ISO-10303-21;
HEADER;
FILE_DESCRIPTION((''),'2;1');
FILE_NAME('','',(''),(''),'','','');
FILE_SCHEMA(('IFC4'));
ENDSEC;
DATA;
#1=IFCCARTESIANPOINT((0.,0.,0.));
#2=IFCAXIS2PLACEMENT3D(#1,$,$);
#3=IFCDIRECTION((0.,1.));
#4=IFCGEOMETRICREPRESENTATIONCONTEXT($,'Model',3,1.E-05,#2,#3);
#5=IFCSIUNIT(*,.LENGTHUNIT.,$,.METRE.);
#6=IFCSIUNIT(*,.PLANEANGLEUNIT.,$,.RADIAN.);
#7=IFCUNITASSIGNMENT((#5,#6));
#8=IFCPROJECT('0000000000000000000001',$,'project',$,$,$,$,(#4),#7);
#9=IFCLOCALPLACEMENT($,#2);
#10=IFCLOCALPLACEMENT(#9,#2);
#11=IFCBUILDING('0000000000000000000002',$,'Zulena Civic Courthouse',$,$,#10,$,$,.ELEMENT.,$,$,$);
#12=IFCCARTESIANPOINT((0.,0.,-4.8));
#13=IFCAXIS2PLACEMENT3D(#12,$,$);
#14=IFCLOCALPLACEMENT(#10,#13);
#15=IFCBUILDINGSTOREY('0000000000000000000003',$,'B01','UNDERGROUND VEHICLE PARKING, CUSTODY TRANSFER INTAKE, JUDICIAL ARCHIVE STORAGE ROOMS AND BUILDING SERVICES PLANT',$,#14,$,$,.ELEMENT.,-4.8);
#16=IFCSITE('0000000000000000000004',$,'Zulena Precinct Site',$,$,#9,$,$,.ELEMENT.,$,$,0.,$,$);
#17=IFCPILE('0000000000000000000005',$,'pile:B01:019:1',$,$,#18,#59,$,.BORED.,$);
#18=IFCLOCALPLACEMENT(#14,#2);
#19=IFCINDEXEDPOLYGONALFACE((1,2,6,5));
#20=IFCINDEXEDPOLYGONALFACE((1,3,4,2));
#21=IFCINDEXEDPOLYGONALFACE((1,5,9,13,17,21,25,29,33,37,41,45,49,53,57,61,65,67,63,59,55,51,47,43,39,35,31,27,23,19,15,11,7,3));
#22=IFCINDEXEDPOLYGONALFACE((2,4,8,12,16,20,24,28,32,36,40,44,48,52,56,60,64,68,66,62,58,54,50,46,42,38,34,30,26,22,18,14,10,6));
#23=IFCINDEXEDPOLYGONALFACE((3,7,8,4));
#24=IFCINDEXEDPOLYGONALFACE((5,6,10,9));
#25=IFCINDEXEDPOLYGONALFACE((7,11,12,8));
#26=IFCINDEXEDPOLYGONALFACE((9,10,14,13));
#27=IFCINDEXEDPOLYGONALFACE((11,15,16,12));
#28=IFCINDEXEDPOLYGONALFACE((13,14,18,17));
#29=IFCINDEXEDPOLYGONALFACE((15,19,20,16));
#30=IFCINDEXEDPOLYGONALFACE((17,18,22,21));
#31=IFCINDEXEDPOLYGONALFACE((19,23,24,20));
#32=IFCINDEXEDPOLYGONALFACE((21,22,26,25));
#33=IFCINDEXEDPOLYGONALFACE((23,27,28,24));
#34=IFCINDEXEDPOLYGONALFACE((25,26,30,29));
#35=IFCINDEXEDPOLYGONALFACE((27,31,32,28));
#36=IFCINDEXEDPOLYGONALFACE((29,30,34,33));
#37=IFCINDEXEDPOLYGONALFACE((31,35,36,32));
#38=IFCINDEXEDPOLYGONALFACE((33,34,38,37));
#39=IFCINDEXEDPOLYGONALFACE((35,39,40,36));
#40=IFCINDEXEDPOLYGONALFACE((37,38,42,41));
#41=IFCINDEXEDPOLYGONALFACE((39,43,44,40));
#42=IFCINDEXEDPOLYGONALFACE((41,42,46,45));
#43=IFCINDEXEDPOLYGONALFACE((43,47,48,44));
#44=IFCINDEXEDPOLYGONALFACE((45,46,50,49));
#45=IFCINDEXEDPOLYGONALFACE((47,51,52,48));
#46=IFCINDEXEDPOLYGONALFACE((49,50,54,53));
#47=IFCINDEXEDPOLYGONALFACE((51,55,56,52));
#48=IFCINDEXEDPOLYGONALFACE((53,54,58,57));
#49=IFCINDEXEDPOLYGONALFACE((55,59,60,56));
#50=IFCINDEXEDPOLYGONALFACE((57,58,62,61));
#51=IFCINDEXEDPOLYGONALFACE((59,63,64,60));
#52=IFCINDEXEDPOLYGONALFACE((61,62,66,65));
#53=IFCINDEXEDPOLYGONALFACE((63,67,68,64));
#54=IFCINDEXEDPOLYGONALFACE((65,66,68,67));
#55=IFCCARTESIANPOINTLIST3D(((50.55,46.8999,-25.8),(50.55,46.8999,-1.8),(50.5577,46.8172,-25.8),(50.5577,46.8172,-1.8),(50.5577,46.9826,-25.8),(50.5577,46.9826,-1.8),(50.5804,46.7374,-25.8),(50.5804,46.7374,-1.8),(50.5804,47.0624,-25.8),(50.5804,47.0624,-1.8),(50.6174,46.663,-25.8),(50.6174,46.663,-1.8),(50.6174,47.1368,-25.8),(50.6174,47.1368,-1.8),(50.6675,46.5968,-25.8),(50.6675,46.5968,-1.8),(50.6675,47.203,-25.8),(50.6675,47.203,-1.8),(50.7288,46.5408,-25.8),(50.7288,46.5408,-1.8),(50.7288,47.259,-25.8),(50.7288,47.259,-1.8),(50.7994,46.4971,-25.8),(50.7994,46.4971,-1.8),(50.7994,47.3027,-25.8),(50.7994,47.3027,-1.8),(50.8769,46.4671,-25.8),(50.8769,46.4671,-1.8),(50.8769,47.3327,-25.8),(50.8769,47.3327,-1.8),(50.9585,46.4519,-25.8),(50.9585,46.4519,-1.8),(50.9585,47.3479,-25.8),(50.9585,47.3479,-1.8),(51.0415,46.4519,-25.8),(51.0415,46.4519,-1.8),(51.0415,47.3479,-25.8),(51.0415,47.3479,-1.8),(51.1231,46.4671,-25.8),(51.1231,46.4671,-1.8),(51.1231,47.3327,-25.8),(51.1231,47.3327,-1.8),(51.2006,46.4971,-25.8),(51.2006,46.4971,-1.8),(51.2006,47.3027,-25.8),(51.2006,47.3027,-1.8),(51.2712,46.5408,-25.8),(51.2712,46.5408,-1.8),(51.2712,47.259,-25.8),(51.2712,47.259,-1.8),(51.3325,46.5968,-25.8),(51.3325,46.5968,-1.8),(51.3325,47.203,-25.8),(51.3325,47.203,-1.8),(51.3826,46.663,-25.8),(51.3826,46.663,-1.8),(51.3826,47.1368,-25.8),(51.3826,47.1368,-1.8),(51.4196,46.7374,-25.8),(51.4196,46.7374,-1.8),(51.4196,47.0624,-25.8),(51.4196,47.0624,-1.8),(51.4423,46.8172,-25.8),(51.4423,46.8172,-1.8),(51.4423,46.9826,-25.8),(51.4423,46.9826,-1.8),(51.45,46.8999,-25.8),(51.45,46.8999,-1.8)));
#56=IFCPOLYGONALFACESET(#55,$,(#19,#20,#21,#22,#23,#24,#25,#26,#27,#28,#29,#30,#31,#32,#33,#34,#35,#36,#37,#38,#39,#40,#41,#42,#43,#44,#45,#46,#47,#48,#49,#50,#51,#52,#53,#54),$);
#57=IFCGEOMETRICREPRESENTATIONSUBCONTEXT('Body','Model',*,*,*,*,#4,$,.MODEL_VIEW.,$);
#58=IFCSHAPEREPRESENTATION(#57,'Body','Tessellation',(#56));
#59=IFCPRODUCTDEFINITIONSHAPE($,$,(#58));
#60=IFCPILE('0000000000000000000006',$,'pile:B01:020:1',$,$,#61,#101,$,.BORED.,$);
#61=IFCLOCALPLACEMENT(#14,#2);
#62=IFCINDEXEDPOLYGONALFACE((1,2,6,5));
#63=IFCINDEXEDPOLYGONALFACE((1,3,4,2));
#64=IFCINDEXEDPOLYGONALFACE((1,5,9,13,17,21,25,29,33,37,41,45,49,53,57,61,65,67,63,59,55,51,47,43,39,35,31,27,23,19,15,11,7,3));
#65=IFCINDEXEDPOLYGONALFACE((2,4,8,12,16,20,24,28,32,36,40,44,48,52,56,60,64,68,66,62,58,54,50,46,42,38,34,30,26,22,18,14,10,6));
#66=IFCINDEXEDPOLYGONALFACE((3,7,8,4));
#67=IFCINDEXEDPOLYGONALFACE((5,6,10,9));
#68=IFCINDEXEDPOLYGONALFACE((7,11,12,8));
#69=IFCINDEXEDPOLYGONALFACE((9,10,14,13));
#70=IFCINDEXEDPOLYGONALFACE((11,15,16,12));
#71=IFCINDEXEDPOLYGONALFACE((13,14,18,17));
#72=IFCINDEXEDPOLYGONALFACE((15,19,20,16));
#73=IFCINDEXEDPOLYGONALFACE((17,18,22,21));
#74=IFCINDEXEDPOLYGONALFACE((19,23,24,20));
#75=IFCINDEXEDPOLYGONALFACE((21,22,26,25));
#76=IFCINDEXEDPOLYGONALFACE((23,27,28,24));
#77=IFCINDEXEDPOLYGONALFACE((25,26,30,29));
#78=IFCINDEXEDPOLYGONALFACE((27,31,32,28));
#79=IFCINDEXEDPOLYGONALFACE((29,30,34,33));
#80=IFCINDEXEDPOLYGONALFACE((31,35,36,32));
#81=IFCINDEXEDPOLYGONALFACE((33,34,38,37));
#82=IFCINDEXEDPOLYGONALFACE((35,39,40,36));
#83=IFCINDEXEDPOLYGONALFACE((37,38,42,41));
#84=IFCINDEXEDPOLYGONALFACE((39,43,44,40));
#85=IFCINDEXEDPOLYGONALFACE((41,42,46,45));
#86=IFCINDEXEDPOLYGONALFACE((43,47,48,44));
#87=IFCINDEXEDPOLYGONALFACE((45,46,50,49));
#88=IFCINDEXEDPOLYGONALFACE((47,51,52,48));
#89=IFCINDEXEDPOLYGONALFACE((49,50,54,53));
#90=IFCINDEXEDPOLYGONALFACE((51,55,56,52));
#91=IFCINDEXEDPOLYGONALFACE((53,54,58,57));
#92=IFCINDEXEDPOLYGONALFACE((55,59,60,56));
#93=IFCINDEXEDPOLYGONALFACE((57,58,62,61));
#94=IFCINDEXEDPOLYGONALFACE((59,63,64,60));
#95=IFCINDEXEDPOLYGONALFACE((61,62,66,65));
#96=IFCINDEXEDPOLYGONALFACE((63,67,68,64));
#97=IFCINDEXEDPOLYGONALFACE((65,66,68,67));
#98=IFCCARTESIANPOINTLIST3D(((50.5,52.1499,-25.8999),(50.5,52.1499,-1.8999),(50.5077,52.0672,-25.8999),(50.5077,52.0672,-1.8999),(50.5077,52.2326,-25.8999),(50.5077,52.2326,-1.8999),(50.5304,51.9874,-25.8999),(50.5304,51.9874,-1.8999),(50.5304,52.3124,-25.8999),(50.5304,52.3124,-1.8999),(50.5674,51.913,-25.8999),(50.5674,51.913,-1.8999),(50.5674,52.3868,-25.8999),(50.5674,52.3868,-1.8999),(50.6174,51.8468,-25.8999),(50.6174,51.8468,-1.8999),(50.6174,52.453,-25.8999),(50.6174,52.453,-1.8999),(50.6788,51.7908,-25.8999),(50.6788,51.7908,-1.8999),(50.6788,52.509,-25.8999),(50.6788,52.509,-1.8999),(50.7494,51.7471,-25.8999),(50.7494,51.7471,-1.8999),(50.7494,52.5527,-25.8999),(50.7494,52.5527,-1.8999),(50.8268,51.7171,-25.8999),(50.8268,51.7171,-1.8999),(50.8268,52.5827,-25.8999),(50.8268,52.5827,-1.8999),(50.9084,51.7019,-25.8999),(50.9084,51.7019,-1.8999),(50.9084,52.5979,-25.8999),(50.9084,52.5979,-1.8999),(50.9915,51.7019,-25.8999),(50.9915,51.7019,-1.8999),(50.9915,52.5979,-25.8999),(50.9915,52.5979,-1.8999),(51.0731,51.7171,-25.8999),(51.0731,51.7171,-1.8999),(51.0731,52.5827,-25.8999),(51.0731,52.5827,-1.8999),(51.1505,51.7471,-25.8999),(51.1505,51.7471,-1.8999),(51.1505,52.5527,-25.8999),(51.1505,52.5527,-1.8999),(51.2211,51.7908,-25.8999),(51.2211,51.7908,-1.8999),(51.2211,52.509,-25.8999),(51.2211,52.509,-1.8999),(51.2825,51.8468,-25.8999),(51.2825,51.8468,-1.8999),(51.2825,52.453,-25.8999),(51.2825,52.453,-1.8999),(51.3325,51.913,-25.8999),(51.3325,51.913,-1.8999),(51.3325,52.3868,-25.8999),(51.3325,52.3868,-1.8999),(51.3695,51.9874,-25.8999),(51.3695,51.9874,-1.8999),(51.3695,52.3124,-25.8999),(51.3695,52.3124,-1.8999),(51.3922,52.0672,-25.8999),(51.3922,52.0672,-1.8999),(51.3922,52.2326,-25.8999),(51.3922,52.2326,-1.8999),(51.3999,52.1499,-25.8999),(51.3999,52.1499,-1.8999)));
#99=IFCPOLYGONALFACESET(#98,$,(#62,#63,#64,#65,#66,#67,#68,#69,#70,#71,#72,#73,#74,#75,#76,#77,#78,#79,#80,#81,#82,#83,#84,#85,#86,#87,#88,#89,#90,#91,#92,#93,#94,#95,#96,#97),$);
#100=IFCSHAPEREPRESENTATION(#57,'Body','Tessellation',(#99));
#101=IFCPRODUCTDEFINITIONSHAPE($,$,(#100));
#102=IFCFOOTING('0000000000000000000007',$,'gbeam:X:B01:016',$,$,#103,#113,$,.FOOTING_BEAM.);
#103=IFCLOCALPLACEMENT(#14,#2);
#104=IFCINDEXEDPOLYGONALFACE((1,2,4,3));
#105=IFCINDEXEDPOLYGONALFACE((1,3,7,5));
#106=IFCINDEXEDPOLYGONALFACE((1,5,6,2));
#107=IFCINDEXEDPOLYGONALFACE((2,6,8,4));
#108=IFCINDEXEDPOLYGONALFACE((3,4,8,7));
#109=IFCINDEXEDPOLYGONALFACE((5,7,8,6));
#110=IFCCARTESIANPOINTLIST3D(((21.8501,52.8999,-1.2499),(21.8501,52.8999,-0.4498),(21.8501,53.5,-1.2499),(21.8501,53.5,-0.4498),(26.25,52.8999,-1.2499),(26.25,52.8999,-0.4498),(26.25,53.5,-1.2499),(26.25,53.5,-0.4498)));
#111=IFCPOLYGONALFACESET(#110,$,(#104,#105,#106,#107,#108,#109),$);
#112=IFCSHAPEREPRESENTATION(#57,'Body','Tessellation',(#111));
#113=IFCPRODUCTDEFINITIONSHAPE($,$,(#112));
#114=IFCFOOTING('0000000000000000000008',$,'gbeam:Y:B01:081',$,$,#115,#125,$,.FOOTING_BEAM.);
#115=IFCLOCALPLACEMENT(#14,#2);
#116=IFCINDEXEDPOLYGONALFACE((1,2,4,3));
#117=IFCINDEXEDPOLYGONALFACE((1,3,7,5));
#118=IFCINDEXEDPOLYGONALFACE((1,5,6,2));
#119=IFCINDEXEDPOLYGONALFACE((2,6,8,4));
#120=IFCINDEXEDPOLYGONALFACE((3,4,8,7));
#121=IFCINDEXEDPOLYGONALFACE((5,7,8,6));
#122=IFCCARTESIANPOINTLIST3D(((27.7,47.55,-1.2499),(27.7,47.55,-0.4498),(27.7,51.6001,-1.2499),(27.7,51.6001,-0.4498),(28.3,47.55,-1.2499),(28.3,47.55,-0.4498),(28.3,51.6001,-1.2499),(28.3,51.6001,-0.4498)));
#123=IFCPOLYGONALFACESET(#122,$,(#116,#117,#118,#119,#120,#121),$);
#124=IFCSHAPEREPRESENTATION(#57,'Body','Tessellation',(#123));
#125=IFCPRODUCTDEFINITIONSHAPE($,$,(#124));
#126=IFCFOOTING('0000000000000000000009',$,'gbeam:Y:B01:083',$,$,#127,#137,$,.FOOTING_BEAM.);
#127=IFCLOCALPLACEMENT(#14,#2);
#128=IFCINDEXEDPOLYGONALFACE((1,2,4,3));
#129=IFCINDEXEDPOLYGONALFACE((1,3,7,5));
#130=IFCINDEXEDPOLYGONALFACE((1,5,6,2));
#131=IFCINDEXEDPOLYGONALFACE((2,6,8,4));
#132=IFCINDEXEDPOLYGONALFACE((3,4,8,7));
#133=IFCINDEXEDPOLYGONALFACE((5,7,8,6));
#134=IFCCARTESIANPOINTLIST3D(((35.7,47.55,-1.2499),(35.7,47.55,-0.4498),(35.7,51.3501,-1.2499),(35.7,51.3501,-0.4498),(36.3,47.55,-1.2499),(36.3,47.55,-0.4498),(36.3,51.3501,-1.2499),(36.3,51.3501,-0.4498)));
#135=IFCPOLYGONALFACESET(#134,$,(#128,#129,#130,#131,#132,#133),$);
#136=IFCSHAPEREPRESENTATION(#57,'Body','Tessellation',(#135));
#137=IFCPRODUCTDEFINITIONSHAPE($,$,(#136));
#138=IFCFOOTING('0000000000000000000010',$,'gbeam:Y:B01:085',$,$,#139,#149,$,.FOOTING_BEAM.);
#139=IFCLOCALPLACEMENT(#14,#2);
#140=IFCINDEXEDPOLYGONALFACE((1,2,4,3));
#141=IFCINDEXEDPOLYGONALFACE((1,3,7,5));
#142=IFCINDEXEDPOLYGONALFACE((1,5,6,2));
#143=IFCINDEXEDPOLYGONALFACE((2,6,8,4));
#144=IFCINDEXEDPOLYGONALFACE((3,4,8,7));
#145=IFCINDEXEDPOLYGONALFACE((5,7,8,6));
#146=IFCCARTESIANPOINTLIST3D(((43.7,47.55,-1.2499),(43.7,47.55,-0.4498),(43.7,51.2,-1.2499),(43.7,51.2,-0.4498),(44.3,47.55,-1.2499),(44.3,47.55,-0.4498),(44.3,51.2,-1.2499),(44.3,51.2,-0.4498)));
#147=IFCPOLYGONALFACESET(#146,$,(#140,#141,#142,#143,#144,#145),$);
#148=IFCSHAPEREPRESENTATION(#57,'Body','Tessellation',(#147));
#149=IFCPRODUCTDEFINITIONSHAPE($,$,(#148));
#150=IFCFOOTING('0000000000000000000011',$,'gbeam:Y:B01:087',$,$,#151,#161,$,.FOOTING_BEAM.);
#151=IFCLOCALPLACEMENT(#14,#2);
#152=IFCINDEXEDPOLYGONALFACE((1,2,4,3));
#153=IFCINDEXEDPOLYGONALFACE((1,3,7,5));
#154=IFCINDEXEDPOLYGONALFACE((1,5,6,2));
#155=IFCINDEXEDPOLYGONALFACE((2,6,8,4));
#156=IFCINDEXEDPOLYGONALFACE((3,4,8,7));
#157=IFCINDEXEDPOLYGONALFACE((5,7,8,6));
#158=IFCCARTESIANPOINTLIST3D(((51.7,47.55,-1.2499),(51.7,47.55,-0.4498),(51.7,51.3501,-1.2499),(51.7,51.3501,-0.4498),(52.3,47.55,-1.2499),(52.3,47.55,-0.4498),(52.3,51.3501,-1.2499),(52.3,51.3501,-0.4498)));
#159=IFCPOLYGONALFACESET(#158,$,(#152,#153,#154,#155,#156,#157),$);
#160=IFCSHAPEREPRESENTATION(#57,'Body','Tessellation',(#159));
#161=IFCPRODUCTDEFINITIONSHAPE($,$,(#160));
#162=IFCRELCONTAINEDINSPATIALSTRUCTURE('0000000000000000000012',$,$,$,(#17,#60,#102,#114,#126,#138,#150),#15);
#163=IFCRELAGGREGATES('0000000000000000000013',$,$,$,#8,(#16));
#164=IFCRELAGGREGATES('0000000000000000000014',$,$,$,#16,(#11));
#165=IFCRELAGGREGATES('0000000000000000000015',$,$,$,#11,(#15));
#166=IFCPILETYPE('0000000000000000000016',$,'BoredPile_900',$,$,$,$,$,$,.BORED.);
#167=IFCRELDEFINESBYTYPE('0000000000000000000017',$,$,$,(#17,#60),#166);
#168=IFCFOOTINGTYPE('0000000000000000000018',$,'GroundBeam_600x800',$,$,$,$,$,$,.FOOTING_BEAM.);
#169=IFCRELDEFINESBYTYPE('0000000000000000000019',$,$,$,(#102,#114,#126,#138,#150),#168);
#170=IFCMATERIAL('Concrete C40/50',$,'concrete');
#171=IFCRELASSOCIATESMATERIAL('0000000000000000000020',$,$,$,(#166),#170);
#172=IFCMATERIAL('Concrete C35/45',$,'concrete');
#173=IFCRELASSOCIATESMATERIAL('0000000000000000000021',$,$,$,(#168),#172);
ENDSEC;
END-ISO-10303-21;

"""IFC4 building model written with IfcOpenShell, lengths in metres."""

from ifc_helpers import new_model, si_unit, direction, frame, origin, origin_2d, place, context, subcontext, project, spatial, rectangle, circle, extrude, material, material_profile, profile_set, type_object, element, save


model = new_model("IFC4")

# Units and contexts
model_context = context("Model", 3, precision=1e-05, world=origin(), true_north=direction((0.0, 1.0)))
body_context = subcontext(model_context, "Body", "Model", "MODEL_VIEW")
ifc_project = project(units=[si_unit("LENGTHUNIT", "METRE"), si_unit("PLANEANGLEUNIT", "RADIAN")], contexts=[model_context])

# Site, building, storey
site_placement = place(None, origin())
site = spatial("IfcSite", under=ifc_project, at=site_placement, Name="Zulena Precinct Site", CompositionType="ELEMENT", RefElevation=0.0)
building_placement = place(site_placement, origin())
building = spatial("IfcBuilding", under=site, at=building_placement, Name="Zulena Civic Courthouse", CompositionType="ELEMENT")
storey_placement = place(building_placement, frame((0.0, 0.0, -4.8)))
storey = spatial("IfcBuildingStorey", under=building, at=storey_placement, Name="B01", Description="UNDERGROUND VEHICLE PARKING, CUSTODY TRANSFER INTAKE, JUDICIAL ARCHIVE STORAGE ROOMS AND BUILDING SERVICES PLANT", CompositionType="ELEMENT", Elevation=-4.8)

# Piles
ifc_material_1 = material(Name="Concrete C40/50", Category="concrete")
ifc_material_profile_1 = material_profile(ifc_material_1, circle(Radius=0.45, at=origin_2d()), Name="PILE900")
ifc_profile_set_1 = profile_set([ifc_material_profile_1], Name="Concrete C40/50")
pile_type_1 = type_object("IfcPileType", Name="BoredPile_900", PredefinedType="BORED", material=ifc_profile_set_1)
for number, where, z_axis, x_axis, name in (
    (1, (51.0, 46.8999, -1.8), (0.0, 0.0, -1.0), (1.0, 0.0, 0.0), "pile:B01:019:1"),
    (2, (50.95, 52.1499, -1.8999), (0.0, 0.0, -1.0), (1.0, 0.0, 0.0), "pile:B01:020:1"),
):
    element("IfcPile", number, at=place(storey_placement, frame(where, z_axis=z_axis, x_axis=x_axis)), inside=storey, type_object=pile_type_1, Name=name, PredefinedType="BORED", context=body_context, shape_type="SweptSolid", body=[
        extrude(circle(Radius=0.45, at=origin_2d()), origin(), (0.0, 0.0, 1.0), 24.0),
    ])

# Footings
ifc_material_2 = material(Name="Concrete C35/45", Category="concrete")
ifc_material_profile_2 = material_profile(ifc_material_2, rectangle(XDim=0.6001, YDim=0.8, at=origin_2d()), Name="RC600X800")
ifc_profile_set_2 = profile_set([ifc_material_profile_2], Name="Concrete C35/45")
footing_type = type_object("IfcFootingType", Name="GroundBeam_600x800", PredefinedType="FOOTING_BEAM", material=ifc_profile_set_2)
footing_1_placement = place(storey_placement, frame((21.8501, 53.2, -0.8499), z_axis=(1.0, 0.0, 0.0), x_axis=(0.0, 1.0, 0.0)))
element("IfcFooting", 3, at=footing_1_placement, inside=storey, type_object=footing_type, Name="gbeam:X:B01:016", PredefinedType="FOOTING_BEAM", context=body_context, shape_type="SweptSolid", body=[
    extrude(rectangle(XDim=0.6001, YDim=0.8, at=origin_2d()), origin(), (0.0, 0.0, 1.0), 4.3999),
])
footing_2_placement = place(storey_placement, frame((28.0, 47.55, -0.8499), z_axis=(0.0, 1.0, 0.0), x_axis=(-1.0, 0.0, 0.0)))
element("IfcFooting", 4, at=footing_2_placement, inside=storey, type_object=footing_type, Name="gbeam:Y:B01:081", PredefinedType="FOOTING_BEAM", context=body_context, shape_type="SweptSolid", body=[
    extrude(rectangle(XDim=0.6001, YDim=0.8, at=origin_2d()), origin(), (0.0, 0.0, 1.0), 4.05),
])
footing_3_placement = place(storey_placement, frame((36.0, 47.55, -0.8499), z_axis=(0.0, 1.0, 0.0), x_axis=(-1.0, 0.0, 0.0)))
element("IfcFooting", 5, at=footing_3_placement, inside=storey, type_object=footing_type, Name="gbeam:Y:B01:083", PredefinedType="FOOTING_BEAM", context=body_context, shape_type="SweptSolid", body=[
    extrude(rectangle(XDim=0.6001, YDim=0.8, at=origin_2d()), origin(), (0.0, 0.0, 1.0), 3.8),
])
footing_4_placement = place(storey_placement, frame((44.0, 47.55, -0.8499), z_axis=(0.0, 1.0, 0.0), x_axis=(-1.0, 0.0, 0.0)))
element("IfcFooting", 6, at=footing_4_placement, inside=storey, type_object=footing_type, Name="gbeam:Y:B01:085", PredefinedType="FOOTING_BEAM", context=body_context, shape_type="SweptSolid", body=[
    extrude(rectangle(XDim=0.6001, YDim=0.8, at=origin_2d()), origin(), (0.0, 0.0, 1.0), 3.6499),
])
footing_5_placement = place(storey_placement, frame((52.0, 47.55, -0.8499), z_axis=(0.0, 1.0, 0.0), x_axis=(-1.0, 0.0, 0.0)))
element("IfcFooting", 7, at=footing_5_placement, inside=storey, type_object=footing_type, Name="gbeam:Y:B01:087", PredefinedType="FOOTING_BEAM", context=body_context, shape_type="SweptSolid", body=[
    extrude(rectangle(XDim=0.6001, YDim=0.8, at=origin_2d()), origin(), (0.0, 0.0, 1.0), 3.8),
])

save(model, "model.ifc")
